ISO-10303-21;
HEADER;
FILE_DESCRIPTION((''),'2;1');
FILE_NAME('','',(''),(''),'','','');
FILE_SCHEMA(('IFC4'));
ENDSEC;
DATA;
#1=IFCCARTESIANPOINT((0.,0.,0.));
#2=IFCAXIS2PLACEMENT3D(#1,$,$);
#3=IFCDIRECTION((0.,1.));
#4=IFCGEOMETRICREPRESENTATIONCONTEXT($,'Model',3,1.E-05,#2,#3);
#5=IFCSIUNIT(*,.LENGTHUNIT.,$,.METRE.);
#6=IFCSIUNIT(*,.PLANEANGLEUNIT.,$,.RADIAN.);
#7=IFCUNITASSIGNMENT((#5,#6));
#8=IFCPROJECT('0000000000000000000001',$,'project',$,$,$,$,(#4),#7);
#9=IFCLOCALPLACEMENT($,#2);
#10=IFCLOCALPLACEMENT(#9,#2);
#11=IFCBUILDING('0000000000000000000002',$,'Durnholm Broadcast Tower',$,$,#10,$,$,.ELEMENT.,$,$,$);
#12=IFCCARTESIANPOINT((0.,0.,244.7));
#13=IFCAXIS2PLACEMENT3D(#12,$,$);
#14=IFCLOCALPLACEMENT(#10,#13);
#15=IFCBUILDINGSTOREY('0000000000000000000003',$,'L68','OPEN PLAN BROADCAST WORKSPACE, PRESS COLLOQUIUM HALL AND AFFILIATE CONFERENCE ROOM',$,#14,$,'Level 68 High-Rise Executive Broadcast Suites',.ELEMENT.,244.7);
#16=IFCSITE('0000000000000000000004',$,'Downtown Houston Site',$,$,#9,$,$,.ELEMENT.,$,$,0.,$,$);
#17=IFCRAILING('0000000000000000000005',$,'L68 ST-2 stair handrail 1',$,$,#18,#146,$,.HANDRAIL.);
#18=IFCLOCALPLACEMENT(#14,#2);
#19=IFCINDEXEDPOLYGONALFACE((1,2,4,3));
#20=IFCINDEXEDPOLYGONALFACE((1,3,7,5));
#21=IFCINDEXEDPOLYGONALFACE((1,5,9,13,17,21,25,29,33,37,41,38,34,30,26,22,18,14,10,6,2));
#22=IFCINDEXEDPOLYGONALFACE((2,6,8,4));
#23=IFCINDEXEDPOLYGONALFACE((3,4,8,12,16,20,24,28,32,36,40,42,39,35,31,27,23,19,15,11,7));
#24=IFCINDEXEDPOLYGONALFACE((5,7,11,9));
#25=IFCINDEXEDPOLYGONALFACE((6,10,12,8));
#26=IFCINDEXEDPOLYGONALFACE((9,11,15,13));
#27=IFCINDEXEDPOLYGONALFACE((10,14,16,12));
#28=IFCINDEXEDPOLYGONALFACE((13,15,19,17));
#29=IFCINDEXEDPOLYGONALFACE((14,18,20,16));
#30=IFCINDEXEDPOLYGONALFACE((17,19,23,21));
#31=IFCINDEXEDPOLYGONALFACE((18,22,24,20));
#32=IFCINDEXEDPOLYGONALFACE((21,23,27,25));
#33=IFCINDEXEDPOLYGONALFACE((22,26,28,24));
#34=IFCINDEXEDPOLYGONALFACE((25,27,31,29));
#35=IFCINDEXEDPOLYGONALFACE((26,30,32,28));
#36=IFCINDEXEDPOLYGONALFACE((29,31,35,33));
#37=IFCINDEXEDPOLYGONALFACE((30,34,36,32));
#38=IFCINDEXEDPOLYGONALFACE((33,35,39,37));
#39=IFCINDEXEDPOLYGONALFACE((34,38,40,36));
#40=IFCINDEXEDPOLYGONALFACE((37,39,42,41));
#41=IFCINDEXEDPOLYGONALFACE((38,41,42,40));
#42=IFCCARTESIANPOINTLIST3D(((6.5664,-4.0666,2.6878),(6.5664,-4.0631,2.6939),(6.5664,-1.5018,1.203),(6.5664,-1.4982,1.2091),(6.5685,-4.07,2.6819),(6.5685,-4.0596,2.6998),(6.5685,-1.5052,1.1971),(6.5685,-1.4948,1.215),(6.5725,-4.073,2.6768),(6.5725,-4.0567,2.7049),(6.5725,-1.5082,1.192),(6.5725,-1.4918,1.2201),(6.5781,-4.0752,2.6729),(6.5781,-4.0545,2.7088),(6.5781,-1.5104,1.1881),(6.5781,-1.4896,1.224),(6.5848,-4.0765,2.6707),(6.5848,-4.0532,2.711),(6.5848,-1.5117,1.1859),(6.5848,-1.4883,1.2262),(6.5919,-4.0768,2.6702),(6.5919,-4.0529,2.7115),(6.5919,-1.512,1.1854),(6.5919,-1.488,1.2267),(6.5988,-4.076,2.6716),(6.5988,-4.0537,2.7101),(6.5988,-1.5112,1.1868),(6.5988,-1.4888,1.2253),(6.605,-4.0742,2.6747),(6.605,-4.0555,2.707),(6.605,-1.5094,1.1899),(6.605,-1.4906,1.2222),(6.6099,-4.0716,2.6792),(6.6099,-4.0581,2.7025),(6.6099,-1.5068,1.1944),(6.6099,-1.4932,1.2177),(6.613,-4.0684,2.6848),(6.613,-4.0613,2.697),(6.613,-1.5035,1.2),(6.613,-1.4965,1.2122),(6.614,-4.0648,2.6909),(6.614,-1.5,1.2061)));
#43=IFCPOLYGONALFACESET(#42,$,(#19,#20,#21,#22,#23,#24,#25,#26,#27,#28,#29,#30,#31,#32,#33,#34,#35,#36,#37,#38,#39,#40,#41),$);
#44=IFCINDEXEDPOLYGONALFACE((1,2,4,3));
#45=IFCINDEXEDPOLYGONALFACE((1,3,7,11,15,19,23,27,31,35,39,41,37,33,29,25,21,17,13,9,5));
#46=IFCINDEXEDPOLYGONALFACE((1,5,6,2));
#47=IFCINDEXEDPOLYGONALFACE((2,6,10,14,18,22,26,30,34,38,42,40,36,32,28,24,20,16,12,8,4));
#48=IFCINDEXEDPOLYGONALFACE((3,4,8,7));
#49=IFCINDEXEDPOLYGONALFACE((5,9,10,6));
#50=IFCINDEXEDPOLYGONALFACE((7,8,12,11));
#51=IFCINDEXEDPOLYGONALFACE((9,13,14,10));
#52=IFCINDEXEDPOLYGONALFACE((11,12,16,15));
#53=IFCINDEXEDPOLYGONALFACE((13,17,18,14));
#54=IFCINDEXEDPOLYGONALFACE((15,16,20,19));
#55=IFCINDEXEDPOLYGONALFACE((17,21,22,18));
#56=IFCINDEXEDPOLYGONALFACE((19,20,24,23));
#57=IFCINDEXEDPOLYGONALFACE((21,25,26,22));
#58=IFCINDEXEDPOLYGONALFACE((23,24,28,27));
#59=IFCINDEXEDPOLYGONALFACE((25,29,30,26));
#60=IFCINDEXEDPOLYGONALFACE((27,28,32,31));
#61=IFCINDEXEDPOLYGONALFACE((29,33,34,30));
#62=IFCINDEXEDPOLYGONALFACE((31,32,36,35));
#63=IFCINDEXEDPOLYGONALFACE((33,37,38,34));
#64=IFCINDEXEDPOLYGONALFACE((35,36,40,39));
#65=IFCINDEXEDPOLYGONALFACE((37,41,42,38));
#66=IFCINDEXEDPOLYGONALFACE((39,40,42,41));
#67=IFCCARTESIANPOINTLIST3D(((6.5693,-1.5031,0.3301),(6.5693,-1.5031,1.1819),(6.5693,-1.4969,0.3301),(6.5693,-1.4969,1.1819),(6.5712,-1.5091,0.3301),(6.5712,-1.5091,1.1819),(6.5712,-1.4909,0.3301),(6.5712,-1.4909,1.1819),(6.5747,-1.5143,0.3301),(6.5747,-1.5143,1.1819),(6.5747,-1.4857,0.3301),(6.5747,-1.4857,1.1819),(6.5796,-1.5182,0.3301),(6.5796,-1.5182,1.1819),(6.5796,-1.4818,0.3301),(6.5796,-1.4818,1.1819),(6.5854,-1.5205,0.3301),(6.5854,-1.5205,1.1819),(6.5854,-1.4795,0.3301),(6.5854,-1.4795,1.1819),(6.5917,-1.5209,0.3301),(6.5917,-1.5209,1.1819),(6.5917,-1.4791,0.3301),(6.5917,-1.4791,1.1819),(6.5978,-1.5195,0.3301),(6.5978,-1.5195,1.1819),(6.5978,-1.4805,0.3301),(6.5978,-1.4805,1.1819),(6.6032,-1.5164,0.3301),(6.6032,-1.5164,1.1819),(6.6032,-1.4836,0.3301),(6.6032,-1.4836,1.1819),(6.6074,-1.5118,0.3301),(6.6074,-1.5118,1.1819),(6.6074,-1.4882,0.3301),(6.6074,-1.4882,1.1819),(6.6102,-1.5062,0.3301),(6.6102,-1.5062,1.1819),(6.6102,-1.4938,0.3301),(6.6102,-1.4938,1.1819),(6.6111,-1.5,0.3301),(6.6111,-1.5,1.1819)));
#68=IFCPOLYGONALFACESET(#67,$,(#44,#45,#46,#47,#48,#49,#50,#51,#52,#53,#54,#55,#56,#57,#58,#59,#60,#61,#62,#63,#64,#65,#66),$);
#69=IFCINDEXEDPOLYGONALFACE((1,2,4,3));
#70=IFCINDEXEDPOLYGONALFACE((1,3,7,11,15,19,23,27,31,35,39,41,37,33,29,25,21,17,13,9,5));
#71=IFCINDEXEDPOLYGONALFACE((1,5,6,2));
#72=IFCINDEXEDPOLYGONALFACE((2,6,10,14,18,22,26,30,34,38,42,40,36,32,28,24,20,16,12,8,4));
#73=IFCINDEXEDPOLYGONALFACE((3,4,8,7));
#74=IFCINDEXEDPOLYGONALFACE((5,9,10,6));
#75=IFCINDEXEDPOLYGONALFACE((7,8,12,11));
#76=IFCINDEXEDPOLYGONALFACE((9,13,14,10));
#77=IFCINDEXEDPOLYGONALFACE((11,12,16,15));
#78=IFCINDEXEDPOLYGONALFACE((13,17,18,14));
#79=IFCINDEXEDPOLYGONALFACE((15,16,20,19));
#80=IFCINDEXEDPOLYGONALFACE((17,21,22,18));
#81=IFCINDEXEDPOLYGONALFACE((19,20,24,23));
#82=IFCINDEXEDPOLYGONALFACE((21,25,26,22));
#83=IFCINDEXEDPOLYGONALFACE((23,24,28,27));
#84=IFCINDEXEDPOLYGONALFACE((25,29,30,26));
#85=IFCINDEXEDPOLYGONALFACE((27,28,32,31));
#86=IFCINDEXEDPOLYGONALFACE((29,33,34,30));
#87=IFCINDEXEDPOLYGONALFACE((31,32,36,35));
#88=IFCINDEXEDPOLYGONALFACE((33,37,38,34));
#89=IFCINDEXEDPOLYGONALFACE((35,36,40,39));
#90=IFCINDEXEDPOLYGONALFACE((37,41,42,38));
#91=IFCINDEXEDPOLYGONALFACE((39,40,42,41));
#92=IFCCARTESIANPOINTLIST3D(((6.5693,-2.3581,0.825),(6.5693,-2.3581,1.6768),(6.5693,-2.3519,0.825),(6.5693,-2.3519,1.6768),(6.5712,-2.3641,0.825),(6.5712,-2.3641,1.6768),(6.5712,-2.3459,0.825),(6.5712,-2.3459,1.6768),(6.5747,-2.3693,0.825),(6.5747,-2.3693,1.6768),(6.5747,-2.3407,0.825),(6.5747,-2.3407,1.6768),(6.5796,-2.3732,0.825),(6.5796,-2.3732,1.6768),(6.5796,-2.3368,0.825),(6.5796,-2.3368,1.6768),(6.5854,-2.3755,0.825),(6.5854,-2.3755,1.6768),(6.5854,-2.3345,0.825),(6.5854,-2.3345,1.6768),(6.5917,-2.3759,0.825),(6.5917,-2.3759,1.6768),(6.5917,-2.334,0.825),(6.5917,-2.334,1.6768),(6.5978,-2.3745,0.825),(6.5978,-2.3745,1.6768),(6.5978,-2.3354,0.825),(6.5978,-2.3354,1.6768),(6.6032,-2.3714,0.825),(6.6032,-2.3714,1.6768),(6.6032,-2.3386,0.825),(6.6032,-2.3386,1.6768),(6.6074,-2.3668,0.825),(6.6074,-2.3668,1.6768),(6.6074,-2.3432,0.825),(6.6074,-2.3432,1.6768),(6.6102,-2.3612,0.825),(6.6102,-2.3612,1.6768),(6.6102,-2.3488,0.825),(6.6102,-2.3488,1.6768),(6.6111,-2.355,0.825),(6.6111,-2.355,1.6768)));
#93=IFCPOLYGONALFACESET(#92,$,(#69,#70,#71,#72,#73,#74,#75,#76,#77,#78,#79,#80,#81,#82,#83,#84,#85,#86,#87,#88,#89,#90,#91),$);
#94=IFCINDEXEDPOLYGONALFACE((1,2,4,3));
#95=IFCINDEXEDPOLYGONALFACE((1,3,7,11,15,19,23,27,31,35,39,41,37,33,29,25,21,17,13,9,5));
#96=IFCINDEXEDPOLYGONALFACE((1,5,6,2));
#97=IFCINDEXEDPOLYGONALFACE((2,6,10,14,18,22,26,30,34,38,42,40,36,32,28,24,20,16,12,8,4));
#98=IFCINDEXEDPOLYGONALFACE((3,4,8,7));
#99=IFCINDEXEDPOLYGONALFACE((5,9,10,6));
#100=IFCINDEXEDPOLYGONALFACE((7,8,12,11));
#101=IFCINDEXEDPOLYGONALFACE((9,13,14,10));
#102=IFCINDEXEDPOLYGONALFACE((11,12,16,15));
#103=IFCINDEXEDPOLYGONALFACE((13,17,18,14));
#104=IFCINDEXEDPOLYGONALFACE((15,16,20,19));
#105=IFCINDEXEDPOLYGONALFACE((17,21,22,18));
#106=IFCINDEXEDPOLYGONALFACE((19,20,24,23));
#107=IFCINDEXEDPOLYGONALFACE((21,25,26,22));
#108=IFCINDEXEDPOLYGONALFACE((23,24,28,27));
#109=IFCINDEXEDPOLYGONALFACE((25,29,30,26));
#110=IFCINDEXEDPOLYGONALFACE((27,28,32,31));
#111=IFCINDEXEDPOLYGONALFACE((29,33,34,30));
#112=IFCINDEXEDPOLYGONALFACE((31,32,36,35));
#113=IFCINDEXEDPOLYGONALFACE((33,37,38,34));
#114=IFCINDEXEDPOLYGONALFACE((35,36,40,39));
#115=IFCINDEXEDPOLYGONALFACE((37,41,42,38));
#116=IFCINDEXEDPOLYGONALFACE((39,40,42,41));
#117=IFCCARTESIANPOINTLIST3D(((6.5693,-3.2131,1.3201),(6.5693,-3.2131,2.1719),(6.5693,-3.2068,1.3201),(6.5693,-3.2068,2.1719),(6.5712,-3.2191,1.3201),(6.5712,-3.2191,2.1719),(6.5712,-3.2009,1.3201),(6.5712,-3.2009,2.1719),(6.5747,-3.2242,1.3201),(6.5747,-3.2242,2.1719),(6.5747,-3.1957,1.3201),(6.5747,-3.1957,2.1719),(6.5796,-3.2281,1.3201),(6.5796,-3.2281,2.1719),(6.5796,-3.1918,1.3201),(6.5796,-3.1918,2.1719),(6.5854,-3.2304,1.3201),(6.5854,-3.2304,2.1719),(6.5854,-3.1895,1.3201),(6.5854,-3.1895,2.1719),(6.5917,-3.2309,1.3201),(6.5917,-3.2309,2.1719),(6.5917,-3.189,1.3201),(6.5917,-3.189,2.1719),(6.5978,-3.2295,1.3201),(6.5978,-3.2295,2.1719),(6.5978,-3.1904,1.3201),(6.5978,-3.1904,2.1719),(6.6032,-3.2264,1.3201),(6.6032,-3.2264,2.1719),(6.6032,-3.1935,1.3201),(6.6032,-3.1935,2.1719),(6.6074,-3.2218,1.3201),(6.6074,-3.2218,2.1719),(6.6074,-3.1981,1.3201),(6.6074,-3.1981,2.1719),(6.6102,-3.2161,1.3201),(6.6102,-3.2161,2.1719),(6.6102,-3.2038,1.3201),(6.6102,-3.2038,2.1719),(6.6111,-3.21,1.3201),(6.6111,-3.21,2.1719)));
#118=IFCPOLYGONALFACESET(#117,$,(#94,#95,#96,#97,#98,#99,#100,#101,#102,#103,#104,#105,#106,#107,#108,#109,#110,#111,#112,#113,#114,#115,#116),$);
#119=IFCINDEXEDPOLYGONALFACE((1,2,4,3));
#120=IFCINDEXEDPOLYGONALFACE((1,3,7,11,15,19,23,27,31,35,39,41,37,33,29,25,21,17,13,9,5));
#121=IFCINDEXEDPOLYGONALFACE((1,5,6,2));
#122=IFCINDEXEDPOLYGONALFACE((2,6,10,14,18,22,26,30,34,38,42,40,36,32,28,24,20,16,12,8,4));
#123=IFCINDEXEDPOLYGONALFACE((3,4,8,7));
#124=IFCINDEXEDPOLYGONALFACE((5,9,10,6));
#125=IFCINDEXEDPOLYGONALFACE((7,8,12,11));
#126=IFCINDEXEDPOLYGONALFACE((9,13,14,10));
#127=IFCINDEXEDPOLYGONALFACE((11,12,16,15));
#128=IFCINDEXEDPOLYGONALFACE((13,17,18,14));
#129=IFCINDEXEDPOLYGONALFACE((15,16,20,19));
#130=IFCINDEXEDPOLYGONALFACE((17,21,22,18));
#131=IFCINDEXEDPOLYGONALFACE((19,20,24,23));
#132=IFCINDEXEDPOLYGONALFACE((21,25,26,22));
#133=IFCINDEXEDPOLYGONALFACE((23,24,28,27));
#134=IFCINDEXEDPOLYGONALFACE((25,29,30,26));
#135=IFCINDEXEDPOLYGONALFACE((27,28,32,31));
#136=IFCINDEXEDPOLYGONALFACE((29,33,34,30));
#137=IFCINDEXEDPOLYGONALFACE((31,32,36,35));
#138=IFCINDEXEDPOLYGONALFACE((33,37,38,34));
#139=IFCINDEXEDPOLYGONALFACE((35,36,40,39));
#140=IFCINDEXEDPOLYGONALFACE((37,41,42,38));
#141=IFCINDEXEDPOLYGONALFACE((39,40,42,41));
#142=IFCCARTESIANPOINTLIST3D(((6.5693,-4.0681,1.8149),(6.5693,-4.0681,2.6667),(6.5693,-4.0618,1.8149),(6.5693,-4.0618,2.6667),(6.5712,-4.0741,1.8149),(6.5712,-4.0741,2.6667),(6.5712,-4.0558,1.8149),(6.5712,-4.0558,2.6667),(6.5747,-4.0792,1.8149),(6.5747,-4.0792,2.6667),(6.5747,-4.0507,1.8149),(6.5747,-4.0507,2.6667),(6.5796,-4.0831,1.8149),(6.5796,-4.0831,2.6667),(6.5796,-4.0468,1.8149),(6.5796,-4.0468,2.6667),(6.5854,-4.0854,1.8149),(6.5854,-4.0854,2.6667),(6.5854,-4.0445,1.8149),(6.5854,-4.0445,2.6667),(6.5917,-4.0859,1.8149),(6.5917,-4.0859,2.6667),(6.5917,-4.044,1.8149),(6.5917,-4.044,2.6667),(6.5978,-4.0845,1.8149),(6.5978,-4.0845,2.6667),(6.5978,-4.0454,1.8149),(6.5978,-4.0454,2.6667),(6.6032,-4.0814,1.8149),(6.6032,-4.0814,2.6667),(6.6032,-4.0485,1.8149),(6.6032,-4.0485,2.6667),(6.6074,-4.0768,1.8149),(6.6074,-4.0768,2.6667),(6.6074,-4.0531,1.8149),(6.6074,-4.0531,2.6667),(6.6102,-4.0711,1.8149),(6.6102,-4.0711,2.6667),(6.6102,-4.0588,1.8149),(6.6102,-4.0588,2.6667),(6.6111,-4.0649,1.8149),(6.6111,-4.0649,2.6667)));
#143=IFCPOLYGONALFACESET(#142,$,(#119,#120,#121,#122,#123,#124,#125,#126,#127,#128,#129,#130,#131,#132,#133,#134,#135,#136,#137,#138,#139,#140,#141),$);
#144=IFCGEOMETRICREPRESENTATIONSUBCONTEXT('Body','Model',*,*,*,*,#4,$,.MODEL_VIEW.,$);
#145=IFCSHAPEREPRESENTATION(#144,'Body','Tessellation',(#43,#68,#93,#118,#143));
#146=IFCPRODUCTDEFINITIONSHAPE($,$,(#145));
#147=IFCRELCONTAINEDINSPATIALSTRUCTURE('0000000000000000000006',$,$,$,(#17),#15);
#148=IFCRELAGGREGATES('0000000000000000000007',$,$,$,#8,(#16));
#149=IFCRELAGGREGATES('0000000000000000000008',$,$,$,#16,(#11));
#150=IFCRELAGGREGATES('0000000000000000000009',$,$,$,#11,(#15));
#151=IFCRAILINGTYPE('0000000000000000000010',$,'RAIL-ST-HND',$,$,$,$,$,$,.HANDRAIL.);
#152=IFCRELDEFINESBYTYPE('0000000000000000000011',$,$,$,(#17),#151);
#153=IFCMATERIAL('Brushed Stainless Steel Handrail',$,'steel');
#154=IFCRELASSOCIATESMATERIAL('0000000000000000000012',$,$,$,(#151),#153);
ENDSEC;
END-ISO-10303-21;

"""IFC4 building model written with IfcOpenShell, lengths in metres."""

from ifc_helpers import new_model, si_unit, direction, frame, origin, origin_2d, place, context, subcontext, project, spatial, circle, extrude, material, type_object, element, save


model = new_model("IFC4")

# Units and contexts
model_context = context("Model", 3, precision=1e-05, world=origin(), true_north=direction((0.0, 1.0)))
body_context = subcontext(model_context, "Body", "Model", "MODEL_VIEW")
ifc_project = project(units=[si_unit("LENGTHUNIT", "METRE"), si_unit("PLANEANGLEUNIT", "RADIAN")], contexts=[model_context])

# Site, building, storey
site_placement = place(None, origin())
site = spatial("IfcSite", under=ifc_project, at=site_placement, Name="Downtown Houston Site", CompositionType="ELEMENT", RefElevation=0.0)
building_placement = place(site_placement, origin())
building = spatial("IfcBuilding", under=site, at=building_placement, Name="Durnholm Broadcast Tower", CompositionType="ELEMENT")
storey_placement = place(building_placement, frame((0.0, 0.0, 244.7)))
storey = spatial("IfcBuildingStorey", under=building, at=storey_placement, Name="L68", Description="OPEN PLAN BROADCAST WORKSPACE, PRESS COLLOQUIUM HALL AND AFFILIATE CONFERENCE ROOM", LongName="Level 68 High-Rise Executive Broadcast Suites", CompositionType="ELEMENT", Elevation=244.7)

# Railing
ifc_material_1 = material(Name="Brushed Stainless Steel Handrail", Category="steel")
railing_type_1 = type_object("IfcRailingType", Name="RAIL-ST-HND", PredefinedType="HANDRAIL", material=ifc_material_1)
railing_1_placement = place(storey_placement, frame((6.5901, -1.5, 0.3301)))
element("IfcRailing", 1, at=railing_1_placement, inside=storey, type_object=railing_type_1, Name="L68 ST-2 stair handrail 1", PredefinedType="HANDRAIL", context=body_context, shape_type="SweptSolid", body=[
    extrude(circle(Radius=0.0239, at=origin_2d()), frame((0.0, 0.0, 0.876), z_axis=(0.0, -0.865441, 0.50101), x_axis=(1.0, 0.0, 0.0)), (0.0, 0.0, 1.0), 2.9636),
    extrude(circle(Radius=0.021, at=origin_2d()), origin(), (0.0, 0.0, 1.0), 0.8518),
    extrude(circle(Radius=0.021, at=origin_2d()), frame((0.0, -0.855, 0.4949)), (0.0, 0.0, 1.0), 0.8518),
    extrude(circle(Radius=0.021, at=origin_2d()), frame((0.0, -1.71, 0.99)), (0.0, 0.0, 1.0), 0.8518),
    extrude(circle(Radius=0.021, at=origin_2d()), frame((0.0, -2.5649, 1.4849)), (0.0, 0.0, 1.0), 0.8518),
])

save(model, "model.ifc")
